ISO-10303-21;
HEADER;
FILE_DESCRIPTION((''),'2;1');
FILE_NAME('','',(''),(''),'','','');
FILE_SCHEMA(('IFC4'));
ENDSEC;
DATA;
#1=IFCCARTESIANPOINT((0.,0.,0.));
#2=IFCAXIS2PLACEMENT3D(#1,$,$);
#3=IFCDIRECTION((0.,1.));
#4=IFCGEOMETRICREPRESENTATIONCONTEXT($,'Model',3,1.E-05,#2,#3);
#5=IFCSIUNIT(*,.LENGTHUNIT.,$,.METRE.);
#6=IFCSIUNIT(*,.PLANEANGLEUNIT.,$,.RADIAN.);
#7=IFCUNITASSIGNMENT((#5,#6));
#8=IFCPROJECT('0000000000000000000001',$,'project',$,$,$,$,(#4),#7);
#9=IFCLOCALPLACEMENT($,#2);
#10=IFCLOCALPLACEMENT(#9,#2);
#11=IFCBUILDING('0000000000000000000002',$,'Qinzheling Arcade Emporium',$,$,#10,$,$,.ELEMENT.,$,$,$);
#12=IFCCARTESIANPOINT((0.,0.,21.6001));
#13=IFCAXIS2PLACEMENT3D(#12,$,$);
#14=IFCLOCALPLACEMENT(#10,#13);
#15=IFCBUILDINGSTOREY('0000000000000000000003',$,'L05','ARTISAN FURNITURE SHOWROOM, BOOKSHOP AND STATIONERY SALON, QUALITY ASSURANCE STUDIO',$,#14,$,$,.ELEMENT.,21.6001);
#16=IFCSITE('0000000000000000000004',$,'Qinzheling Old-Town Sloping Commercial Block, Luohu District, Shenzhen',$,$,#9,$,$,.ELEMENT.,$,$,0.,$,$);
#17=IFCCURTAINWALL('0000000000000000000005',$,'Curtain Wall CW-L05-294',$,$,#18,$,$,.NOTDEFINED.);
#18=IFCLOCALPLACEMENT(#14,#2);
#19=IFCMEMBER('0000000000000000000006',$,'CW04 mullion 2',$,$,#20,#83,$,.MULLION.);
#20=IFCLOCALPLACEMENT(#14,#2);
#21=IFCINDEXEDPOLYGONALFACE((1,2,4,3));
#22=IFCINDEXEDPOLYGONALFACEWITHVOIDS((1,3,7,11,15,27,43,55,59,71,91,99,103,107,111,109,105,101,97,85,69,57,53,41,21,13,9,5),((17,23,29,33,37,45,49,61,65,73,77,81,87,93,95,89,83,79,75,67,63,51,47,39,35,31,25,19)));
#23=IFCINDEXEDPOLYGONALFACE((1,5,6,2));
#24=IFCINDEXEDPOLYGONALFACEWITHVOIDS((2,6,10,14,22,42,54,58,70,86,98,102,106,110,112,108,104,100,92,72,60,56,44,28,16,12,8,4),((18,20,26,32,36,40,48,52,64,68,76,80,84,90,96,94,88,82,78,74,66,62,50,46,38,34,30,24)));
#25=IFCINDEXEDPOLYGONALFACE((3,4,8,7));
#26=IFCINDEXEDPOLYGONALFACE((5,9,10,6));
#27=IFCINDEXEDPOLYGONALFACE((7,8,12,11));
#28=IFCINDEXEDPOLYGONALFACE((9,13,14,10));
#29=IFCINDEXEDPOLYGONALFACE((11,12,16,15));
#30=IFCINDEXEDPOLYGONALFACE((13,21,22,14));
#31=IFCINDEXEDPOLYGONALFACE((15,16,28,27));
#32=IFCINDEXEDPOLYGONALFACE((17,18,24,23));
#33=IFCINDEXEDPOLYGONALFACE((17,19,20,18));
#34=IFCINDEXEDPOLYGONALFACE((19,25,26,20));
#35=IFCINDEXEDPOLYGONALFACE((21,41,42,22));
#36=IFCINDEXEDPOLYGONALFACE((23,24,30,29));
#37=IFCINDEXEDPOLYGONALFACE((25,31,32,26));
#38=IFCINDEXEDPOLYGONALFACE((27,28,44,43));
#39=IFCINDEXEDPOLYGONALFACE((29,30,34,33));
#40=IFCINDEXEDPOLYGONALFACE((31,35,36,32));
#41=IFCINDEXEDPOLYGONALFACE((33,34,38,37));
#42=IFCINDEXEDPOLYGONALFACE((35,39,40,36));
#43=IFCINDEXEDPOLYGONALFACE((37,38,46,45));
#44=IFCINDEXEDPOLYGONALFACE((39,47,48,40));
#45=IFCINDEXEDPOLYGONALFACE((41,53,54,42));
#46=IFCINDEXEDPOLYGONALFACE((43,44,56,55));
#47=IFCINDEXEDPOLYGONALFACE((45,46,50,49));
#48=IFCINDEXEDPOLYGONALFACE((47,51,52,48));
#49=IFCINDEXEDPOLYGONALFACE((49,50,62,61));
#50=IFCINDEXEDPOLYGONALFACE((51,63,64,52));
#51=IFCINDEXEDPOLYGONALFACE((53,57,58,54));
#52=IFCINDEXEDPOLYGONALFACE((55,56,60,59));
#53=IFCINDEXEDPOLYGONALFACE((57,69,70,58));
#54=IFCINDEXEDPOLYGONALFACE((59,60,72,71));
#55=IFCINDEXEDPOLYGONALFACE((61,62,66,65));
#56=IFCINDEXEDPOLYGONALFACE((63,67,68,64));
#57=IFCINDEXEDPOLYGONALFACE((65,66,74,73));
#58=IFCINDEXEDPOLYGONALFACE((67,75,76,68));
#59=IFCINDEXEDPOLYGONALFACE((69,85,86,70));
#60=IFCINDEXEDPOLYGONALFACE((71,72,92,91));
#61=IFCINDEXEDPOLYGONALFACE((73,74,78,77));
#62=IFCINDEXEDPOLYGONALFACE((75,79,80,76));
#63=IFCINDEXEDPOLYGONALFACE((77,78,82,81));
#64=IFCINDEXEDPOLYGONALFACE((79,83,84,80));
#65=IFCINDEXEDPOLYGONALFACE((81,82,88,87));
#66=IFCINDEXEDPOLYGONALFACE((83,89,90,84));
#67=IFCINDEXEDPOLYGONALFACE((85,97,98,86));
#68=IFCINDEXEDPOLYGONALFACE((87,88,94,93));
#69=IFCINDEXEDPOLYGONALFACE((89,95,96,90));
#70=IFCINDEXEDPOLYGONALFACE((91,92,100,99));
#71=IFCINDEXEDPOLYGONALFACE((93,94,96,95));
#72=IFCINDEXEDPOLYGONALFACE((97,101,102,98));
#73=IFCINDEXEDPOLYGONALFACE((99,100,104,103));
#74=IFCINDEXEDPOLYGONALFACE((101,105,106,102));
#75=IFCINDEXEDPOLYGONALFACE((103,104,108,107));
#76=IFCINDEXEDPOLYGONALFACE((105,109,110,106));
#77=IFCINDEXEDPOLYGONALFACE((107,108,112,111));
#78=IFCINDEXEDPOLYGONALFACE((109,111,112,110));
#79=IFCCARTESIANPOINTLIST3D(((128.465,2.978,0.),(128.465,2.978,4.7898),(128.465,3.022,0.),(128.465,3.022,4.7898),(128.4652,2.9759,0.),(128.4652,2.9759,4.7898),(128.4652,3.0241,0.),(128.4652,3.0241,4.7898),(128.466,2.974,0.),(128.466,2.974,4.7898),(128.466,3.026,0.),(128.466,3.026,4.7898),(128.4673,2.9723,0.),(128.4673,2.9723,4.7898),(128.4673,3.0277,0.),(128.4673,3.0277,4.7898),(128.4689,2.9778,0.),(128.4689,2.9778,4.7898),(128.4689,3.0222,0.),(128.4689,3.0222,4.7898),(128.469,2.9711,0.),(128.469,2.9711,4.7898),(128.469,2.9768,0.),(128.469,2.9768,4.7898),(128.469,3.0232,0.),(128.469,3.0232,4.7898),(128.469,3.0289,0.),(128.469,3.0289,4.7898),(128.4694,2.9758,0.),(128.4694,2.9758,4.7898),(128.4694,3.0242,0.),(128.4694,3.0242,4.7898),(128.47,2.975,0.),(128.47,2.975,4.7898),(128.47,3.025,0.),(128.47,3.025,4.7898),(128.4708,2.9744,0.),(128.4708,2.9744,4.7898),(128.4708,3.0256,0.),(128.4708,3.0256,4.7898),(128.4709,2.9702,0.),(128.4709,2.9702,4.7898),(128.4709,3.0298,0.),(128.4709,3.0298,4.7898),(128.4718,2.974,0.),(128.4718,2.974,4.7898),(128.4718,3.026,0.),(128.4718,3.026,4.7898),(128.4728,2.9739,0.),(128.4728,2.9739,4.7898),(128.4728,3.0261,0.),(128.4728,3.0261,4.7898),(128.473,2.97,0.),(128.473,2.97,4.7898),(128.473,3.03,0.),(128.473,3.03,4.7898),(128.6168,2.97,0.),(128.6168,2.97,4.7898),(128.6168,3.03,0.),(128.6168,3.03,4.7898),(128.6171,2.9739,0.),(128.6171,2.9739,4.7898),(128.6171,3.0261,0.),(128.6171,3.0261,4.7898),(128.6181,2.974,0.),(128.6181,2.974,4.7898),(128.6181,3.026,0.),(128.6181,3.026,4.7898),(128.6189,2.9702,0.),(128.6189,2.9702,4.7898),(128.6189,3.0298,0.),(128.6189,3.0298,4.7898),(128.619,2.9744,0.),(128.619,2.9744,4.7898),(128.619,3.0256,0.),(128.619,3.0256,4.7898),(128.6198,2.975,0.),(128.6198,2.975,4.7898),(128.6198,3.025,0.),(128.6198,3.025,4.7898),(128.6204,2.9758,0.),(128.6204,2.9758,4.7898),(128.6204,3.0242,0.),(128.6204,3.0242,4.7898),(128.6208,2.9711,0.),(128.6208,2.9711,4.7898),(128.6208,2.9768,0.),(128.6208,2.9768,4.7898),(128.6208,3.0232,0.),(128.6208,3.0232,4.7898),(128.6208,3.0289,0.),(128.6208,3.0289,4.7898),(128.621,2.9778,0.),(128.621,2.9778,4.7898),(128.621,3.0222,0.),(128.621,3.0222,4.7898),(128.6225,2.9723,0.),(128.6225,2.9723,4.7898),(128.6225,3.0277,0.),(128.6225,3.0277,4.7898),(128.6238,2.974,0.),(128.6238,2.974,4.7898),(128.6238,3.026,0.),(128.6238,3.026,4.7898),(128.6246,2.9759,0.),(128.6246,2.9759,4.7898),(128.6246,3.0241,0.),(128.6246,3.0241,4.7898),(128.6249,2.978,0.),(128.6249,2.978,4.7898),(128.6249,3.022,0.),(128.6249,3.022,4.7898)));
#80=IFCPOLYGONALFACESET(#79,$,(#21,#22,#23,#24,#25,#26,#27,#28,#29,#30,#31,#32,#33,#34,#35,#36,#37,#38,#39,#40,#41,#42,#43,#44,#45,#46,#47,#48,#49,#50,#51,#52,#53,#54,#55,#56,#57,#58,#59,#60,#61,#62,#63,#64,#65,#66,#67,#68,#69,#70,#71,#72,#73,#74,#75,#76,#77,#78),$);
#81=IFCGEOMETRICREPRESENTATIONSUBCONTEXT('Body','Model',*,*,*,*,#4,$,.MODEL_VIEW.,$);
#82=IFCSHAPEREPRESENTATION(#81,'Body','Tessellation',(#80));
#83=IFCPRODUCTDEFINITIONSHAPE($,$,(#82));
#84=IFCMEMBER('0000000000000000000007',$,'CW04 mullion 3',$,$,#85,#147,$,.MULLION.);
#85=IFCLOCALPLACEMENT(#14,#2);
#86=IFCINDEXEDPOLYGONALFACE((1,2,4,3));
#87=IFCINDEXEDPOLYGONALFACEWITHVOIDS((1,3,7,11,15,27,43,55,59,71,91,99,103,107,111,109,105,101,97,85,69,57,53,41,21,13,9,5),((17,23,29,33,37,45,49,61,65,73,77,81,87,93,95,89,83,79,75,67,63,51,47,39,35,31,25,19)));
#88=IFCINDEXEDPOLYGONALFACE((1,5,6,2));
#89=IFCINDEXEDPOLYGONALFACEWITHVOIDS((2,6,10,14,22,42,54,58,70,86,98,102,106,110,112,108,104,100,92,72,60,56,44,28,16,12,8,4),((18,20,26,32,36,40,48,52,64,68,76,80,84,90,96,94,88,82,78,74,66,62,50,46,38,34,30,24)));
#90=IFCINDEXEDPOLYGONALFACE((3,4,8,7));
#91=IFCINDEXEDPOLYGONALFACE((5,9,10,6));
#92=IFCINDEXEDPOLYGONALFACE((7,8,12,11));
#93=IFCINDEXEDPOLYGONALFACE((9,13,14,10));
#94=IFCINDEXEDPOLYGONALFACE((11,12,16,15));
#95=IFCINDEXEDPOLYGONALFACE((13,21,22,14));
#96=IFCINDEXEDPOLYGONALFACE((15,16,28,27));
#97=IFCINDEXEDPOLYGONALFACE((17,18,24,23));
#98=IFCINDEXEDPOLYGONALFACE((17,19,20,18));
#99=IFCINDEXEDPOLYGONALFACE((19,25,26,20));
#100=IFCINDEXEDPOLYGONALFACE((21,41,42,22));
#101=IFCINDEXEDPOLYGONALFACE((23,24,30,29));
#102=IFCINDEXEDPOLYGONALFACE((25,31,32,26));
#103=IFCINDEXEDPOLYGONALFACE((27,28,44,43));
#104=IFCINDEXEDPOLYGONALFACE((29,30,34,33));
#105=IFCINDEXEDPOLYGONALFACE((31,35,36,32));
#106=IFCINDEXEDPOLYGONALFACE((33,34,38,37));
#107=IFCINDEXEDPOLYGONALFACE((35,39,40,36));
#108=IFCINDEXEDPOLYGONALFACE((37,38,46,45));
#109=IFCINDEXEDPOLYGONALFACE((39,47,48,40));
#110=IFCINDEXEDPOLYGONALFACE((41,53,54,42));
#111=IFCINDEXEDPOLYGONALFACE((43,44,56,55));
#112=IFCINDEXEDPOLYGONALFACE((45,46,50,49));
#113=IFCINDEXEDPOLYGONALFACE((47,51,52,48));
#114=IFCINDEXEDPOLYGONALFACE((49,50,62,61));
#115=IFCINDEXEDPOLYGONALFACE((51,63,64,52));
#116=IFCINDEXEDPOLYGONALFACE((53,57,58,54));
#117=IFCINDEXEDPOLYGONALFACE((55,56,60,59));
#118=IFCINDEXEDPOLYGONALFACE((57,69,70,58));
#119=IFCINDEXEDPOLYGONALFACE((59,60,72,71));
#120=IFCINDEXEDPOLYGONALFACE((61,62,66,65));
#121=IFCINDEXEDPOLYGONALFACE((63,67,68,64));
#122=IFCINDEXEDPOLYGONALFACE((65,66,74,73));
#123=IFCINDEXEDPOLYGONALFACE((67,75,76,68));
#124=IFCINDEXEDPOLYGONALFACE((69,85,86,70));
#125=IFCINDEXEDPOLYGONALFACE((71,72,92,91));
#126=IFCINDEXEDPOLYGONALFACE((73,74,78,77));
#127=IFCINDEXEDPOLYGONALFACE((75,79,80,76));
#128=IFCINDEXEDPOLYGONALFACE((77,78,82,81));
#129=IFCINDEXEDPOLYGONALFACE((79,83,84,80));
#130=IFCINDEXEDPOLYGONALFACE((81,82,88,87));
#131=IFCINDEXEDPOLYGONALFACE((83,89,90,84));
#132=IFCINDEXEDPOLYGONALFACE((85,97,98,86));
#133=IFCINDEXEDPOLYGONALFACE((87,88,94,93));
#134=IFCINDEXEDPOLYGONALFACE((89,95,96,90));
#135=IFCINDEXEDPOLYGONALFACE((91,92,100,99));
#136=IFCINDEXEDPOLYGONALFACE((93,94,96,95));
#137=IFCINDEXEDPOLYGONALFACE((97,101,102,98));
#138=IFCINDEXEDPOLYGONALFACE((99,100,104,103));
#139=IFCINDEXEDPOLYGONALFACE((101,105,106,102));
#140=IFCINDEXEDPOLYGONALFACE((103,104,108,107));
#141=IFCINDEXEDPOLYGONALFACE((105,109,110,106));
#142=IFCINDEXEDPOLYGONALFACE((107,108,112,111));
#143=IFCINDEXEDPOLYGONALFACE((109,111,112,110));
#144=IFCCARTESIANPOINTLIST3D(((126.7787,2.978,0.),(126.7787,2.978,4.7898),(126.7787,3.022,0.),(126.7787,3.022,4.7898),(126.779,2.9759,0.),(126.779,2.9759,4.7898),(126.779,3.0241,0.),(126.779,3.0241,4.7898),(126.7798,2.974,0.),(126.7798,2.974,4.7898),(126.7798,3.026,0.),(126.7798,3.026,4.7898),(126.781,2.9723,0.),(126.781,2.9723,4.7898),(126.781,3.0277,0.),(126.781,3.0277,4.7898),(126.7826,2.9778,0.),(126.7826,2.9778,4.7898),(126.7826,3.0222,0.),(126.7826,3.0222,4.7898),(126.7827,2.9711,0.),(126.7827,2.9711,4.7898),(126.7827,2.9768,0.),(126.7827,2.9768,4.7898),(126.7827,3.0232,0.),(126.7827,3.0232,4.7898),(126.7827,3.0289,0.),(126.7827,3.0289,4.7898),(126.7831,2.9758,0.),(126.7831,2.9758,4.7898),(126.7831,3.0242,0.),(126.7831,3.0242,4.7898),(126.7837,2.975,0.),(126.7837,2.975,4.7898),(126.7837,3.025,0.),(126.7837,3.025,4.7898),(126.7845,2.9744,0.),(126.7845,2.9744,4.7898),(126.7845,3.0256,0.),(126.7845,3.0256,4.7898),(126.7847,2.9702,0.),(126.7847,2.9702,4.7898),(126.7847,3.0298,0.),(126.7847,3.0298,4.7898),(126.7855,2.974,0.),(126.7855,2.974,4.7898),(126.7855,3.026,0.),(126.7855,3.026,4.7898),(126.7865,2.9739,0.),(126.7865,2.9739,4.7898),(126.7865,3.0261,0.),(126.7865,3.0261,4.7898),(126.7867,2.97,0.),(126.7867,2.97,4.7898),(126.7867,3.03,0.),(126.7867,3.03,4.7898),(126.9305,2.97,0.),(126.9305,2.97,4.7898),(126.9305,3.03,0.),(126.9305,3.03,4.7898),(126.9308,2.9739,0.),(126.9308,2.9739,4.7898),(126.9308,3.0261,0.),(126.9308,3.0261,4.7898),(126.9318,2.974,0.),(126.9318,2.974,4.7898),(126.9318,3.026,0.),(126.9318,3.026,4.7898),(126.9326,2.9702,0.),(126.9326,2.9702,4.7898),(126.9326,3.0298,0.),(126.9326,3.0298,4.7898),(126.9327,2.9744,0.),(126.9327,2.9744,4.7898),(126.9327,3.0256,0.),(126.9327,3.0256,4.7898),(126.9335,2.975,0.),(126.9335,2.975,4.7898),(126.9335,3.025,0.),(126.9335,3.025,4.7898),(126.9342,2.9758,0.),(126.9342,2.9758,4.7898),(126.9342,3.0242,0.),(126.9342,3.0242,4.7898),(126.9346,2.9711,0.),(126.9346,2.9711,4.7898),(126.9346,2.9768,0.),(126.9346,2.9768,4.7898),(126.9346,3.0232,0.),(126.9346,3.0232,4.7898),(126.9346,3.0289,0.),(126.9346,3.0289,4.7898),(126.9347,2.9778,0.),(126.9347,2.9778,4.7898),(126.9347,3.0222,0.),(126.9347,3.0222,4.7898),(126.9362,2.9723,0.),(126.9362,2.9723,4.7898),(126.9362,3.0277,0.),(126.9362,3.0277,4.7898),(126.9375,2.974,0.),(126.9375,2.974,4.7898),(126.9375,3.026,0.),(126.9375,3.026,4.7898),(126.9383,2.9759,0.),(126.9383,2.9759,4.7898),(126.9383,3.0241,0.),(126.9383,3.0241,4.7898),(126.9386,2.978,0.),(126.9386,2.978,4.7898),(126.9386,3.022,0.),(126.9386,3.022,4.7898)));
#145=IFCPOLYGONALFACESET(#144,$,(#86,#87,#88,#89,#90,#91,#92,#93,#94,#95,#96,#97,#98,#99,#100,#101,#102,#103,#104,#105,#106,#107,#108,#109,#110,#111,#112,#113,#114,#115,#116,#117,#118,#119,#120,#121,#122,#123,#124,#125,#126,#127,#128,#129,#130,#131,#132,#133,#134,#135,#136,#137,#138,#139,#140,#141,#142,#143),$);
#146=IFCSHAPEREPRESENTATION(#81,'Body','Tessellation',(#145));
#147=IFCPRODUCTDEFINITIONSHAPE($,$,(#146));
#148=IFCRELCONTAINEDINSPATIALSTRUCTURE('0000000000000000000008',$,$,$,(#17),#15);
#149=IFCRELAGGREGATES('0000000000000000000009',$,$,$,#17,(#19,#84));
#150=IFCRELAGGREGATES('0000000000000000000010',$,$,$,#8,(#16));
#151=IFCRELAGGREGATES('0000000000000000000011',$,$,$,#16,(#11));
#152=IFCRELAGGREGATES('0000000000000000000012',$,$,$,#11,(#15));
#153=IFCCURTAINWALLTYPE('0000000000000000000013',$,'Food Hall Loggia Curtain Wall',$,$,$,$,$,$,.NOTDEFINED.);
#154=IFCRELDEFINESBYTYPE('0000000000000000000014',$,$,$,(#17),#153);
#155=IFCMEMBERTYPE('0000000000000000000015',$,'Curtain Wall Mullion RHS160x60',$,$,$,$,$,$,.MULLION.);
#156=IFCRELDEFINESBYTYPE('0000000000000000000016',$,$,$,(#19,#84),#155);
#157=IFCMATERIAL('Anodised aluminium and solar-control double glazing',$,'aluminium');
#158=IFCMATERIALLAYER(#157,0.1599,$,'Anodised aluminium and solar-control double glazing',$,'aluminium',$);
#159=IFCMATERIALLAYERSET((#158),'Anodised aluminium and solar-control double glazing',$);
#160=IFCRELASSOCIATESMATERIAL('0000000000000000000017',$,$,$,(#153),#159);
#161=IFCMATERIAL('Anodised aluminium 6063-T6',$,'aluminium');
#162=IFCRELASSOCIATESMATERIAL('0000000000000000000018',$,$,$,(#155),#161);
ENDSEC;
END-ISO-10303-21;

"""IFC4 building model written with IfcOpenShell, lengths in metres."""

from ifc_helpers import new_model, si_unit, direction, frame, origin, origin_2d, place, context, subcontext, project, spatial, hollow_rectangle, extrude, material, layer, layer_set, material_profile, profile_set, type_object, element, aggregate, save


model = new_model("IFC4")

# Units and contexts
model_context = context("Model", 3, precision=1e-05, world=origin(), true_north=direction((0.0, 1.0)))
body_context = subcontext(model_context, "Body", "Model", "MODEL_VIEW")
ifc_project = project(units=[si_unit("LENGTHUNIT", "METRE"), si_unit("PLANEANGLEUNIT", "RADIAN")], contexts=[model_context])

# Site, building, storey
site_placement = place(None, origin())
site = spatial("IfcSite", under=ifc_project, at=site_placement, Name="Qinzheling Old-Town Sloping Commercial Block, Luohu District, Shenzhen", CompositionType="ELEMENT", RefElevation=0.0)
building_placement = place(site_placement, origin())
building = spatial("IfcBuilding", under=site, at=building_placement, Name="Qinzheling Arcade Emporium", CompositionType="ELEMENT")
storey_placement = place(building_placement, frame((0.0, 0.0, 21.6001)))
storey = spatial("IfcBuildingStorey", under=building, at=storey_placement, Name="L05", Description="ARTISAN FURNITURE SHOWROOM, BOOKSHOP AND STATIONERY SALON, QUALITY ASSURANCE STUDIO", CompositionType="ELEMENT", Elevation=21.6001)

# Curtain wall, members
ifc_material_1 = material(Name="Anodised aluminium and solar-control double glazing", Category="aluminium")
ifc_layer_1 = layer(ifc_material_1, 0.1599, Name="Anodised aluminium and solar-control double glazing", Category="aluminium")
ifc_layer_set_1 = layer_set([ifc_layer_1], Name="Anodised aluminium and solar-control double glazing")
curtain_wall_type = type_object("IfcCurtainWallType", Name="Food Hall Loggia Curtain Wall", PredefinedType="NOTDEFINED", material=ifc_layer_set_1)
curtain_wall_placement = place(storey_placement, origin())
curtain_wall = element("IfcCurtainWall", 1, at=curtain_wall_placement, inside=storey, type_object=curtain_wall_type, Name="Curtain Wall CW-L05-294", PredefinedType="NOTDEFINED")
ifc_material_2 = material(Name="Anodised aluminium 6063-T6", Category="aluminium")
ifc_material_profile_1 = material_profile(ifc_material_2, hollow_rectangle(XDim=0.0601, YDim=0.1599, WallThickness=0.0039, InnerFilletRadius=0.0039, OuterFilletRadius=0.0081, at=origin_2d()), Name="RHS 160x60x4", Category="aluminium")
ifc_profile_set_1 = profile_set([ifc_material_profile_1], Name="Anodised aluminium 6063-T6")
member_type_1 = type_object("IfcMemberType", Name="Curtain Wall Mullion RHS160x60", PredefinedType="MULLION", material=ifc_profile_set_1)
member_1_placement = place(storey_placement, frame((128.5449, 3.0, 0.0), z_axis=(0.0, 0.0, 1.0), x_axis=(0.0, -1.0, 0.0)))
member_1 = element("IfcMember", 2, at=member_1_placement, type_object=member_type_1, Name="CW04 mullion 2", PredefinedType="MULLION", context=body_context, shape_type="SweptSolid", body=[
    extrude(hollow_rectangle(XDim=0.0601, YDim=0.1599, WallThickness=0.0039, InnerFilletRadius=0.0039, OuterFilletRadius=0.0081, at=origin_2d()), origin(), (0.0, 0.0, 1.0), 4.7898),
])
member_2_placement = place(storey_placement, frame((126.8586, 3.0, 0.0), z_axis=(0.0, 0.0, 1.0), x_axis=(0.0, -1.0, 0.0)))
member_2 = element("IfcMember", 3, at=member_2_placement, type_object=member_type_1, Name="CW04 mullion 3", PredefinedType="MULLION", context=body_context, shape_type="SweptSolid", body=[
    extrude(hollow_rectangle(XDim=0.0601, YDim=0.1599, WallThickness=0.0039, InnerFilletRadius=0.0039, OuterFilletRadius=0.0081, at=origin_2d()), origin(), (0.0, 0.0, 1.0), 4.7898),
])

aggregate(curtain_wall, [member_1, member_2])

save(model, "model.ifc")
